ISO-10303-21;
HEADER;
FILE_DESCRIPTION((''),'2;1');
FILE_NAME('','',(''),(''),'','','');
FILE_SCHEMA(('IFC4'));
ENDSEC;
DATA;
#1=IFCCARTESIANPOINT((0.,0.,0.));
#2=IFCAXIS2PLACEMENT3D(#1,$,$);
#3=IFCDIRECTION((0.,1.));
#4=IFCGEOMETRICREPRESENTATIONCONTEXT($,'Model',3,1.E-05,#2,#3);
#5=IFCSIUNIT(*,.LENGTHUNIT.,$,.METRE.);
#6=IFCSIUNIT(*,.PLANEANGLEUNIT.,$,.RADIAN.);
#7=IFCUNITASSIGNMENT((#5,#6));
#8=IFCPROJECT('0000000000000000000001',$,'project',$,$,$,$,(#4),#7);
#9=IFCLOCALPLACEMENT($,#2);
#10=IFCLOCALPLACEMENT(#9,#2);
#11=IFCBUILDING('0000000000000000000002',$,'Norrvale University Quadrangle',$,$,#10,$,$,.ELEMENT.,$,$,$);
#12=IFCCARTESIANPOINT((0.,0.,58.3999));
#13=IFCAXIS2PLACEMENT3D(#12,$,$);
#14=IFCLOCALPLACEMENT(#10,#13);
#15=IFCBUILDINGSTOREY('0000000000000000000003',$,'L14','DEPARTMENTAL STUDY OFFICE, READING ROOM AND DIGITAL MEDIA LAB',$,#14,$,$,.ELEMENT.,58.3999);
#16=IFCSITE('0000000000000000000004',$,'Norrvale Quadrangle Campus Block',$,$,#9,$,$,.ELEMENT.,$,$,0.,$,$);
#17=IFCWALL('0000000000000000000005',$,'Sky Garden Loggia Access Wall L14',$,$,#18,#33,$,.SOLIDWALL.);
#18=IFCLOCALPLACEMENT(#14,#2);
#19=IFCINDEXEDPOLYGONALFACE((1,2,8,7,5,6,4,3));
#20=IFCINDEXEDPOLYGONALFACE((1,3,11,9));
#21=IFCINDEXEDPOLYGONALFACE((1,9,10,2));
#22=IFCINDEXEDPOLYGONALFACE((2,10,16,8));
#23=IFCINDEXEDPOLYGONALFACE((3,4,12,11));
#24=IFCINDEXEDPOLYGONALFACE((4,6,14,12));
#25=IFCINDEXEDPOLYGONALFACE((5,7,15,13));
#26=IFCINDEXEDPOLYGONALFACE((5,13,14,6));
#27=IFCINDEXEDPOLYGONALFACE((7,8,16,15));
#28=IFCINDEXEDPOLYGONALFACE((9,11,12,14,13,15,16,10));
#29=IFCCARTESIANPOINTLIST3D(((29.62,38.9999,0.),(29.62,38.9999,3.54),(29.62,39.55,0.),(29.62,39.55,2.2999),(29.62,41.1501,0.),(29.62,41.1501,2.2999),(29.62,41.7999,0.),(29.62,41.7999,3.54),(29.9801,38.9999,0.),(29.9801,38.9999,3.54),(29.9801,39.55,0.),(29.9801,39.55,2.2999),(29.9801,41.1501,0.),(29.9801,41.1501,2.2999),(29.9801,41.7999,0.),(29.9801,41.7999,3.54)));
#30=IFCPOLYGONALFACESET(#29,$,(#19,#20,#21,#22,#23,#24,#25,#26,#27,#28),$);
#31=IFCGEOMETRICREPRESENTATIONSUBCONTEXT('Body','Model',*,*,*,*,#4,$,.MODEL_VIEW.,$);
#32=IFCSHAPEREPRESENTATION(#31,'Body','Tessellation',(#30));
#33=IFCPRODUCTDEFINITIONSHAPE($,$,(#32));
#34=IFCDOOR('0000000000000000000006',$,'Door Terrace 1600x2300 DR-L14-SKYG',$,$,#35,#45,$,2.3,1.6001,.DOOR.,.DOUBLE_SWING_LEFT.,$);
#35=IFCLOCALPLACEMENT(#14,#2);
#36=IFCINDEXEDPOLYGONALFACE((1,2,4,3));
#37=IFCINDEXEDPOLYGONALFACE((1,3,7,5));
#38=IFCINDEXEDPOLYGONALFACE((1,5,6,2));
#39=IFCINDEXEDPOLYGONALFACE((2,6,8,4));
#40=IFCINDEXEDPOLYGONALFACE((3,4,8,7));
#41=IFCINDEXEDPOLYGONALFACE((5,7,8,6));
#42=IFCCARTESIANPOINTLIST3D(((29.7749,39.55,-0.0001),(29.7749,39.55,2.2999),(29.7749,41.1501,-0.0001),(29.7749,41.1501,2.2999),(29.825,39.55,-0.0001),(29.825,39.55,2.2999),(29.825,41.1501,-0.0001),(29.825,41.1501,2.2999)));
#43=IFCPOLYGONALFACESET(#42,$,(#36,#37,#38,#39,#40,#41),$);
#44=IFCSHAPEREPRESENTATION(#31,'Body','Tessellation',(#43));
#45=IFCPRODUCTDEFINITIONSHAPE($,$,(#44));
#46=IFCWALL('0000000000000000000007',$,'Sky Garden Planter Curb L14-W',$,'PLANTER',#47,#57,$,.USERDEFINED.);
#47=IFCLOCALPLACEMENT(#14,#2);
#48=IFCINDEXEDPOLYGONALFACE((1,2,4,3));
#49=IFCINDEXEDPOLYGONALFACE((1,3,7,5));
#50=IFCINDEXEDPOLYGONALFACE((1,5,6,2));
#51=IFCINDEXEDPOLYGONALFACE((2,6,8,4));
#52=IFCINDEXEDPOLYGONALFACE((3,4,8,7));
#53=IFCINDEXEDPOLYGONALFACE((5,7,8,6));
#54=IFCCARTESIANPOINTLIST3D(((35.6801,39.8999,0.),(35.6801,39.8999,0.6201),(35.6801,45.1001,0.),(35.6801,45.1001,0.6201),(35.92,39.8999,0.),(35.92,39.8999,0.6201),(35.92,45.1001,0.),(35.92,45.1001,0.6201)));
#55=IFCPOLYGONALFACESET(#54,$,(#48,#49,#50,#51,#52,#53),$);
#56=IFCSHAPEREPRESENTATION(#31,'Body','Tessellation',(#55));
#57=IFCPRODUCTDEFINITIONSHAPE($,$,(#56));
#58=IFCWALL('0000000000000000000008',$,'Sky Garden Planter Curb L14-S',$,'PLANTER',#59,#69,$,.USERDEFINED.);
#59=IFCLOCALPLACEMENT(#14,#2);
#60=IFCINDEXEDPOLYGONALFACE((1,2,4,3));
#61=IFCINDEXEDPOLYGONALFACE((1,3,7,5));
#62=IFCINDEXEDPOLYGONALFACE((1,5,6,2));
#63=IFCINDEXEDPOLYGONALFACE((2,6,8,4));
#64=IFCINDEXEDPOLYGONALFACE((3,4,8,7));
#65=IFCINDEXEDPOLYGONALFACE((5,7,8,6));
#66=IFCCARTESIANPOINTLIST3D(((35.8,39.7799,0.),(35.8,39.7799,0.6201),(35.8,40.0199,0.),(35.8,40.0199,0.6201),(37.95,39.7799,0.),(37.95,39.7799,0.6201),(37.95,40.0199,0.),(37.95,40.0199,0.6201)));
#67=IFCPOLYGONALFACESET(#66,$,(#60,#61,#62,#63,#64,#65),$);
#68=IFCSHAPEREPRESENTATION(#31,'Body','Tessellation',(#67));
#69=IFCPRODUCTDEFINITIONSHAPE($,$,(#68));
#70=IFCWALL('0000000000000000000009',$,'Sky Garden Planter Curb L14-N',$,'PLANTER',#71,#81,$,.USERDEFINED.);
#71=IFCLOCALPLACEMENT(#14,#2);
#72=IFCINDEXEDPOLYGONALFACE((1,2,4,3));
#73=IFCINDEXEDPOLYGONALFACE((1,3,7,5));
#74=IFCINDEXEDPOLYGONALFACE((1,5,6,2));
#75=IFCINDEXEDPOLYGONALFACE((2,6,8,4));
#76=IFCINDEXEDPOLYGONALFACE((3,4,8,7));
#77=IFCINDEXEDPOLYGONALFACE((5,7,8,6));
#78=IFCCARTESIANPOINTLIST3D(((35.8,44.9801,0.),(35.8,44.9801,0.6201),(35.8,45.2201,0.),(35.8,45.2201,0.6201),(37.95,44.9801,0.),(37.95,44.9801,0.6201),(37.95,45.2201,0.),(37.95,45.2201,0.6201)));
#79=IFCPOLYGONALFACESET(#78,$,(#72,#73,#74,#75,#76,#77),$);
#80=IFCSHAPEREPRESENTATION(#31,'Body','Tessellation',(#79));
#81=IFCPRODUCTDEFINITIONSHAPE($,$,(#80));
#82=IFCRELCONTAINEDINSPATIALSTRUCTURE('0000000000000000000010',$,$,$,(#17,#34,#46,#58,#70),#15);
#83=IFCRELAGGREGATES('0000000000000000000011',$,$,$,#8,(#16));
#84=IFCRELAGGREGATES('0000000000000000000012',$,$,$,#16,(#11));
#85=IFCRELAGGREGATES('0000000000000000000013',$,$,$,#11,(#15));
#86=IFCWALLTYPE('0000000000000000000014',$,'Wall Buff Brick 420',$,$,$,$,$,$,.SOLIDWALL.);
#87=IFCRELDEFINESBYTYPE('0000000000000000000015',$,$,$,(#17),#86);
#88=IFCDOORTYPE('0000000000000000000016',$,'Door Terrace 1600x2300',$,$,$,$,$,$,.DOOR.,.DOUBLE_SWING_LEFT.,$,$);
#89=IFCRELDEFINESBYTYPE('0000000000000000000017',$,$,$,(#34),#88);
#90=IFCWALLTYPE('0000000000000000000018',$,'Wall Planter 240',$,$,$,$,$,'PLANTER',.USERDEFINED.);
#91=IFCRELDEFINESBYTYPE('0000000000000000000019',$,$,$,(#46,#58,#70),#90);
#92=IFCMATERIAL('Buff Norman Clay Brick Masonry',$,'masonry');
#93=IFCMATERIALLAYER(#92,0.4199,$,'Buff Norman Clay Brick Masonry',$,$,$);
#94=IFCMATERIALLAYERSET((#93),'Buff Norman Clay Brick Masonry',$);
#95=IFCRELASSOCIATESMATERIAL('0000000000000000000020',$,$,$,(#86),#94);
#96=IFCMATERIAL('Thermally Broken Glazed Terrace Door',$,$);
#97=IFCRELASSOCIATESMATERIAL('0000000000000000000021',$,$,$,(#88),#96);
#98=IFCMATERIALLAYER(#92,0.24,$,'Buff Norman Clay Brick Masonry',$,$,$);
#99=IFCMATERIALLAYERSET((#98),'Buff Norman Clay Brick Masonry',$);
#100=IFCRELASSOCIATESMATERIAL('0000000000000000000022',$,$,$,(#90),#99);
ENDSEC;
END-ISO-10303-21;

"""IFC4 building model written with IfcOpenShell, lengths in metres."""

from ifc_helpers import new_model, si_unit, direction, frame, frame_2d, origin, place, context, subcontext, project, spatial, rectangle, extrude, material, layer, layer_set, type_object, element, fill, save


model = new_model("IFC4")

# Units and contexts
model_context = context("Model", 3, precision=1e-05, world=origin(), true_north=direction((0.0, 1.0)))
body_context = subcontext(model_context, "Body", "Model", "MODEL_VIEW")
ifc_project = project(units=[si_unit("LENGTHUNIT", "METRE"), si_unit("PLANEANGLEUNIT", "RADIAN")], contexts=[model_context])

# Site, building, storey
site_placement = place(None, origin())
building_placement = place(site_placement, origin())
storey_placement = place(building_placement, frame((0.0, 0.0, 58.3999)))
site = spatial("IfcSite", under=ifc_project, at=site_placement, Name="Norrvale Quadrangle Campus Block", CompositionType="ELEMENT", RefElevation=0.0)
building = spatial("IfcBuilding", under=site, at=building_placement, Name="Norrvale University Quadrangle", CompositionType="ELEMENT")
storey = spatial("IfcBuildingStorey", under=building, at=storey_placement, Name="L14", Description="DEPARTMENTAL STUDY OFFICE, READING ROOM AND DIGITAL MEDIA LAB", CompositionType="ELEMENT", Elevation=58.3999)

# Wall, opening, door
ifc_material_1 = material(Name="Buff Norman Clay Brick Masonry", Category="masonry")
ifc_layer_1 = layer(ifc_material_1, 0.4199, Name="Buff Norman Clay Brick Masonry")
ifc_layer_set_1 = layer_set([ifc_layer_1], Name="Buff Norman Clay Brick Masonry")
wall_type_1 = type_object("IfcWallType", Name="Wall Buff Brick 420", PredefinedType="SOLIDWALL", material=ifc_layer_set_1)
wall_1_placement = place(storey_placement, frame((29.8, 39.0, 0.0), z_axis=(0.0, 0.0, 1.0), x_axis=(0.0, 1.0, 0.0)))
wall_1 = element("IfcWall", 1, at=wall_1_placement, inside=storey, type_object=wall_type_1, Name="Sky Garden Loggia Access Wall L14", PredefinedType="SOLIDWALL", context=body_context, shape_type="SweptSolid", body=[
    extrude(rectangle(XDim=2.8, YDim=0.3601, at=frame_2d((1.3999, 0.0))), origin(), (0.0, 0.0, 1.0), 3.54),
])
opening_placement = place(wall_1_placement, frame((0.55, 0.0, 0.0)))
opening = element("IfcOpeningElement", 2, at=opening_placement, cuts=wall_1, PredefinedType="OPENING", context=body_context, shape_type="SweptSolid", body=[
    extrude(rectangle(XDim=1.6001, YDim=2.3, at=frame_2d((0.8, 1.1499))), frame((0.0, 0.1921, 0.0), z_axis=(0.0, -1.0, 0.0), x_axis=(1.0, 0.0, 0.0)), (0.0, 0.0, 1.0), 0.384),
])
ifc_material_2 = material(Name="Thermally Broken Glazed Terrace Door")
door_type = type_object("IfcDoorType", Name="Door Terrace 1600x2300", OperationType="DOUBLE_SWING_LEFT", PredefinedType="DOOR", material=ifc_material_2)
door_placement = place(opening_placement, frame((1.6001, 0.0, 0.0), z_axis=(0.0, 0.0, 1.0), x_axis=(-1.0, 0.0, 0.0)))
door = element("IfcDoor", 3, at=door_placement, inside=storey, type_object=door_type, Name="Door Terrace 1600x2300 DR-L14-SKYG", OperationType="DOUBLE_SWING_LEFT", OverallHeight=2.3, OverallWidth=1.6001, PredefinedType="DOOR", context=body_context, shape_type="SweptSolid", body=[
    extrude(rectangle(XDim=1.6001, YDim=2.3, at=frame_2d((0.8, 1.1499))), frame((0.0, 0.0249, 0.0), z_axis=(0.0, -1.0, 0.0), x_axis=(1.0, 0.0, 0.0)), (0.0, 0.0, 1.0), 0.05),
])
fill(opening, door)

# Walls
ifc_layer_2 = layer(ifc_material_1, 0.24, Name="Buff Norman Clay Brick Masonry")
ifc_layer_set_2 = layer_set([ifc_layer_2], Name="Buff Norman Clay Brick Masonry")
wall_type_2 = type_object("IfcWallType", Name="Wall Planter 240", ElementType="PLANTER", PredefinedType="USERDEFINED", material=ifc_layer_set_2)
wall_2_placement = place(storey_placement, frame((35.8, 39.8999, 0.0), z_axis=(0.0, 0.0, 1.0), x_axis=(0.0, 1.0, 0.0)))
element("IfcWall", 4, at=wall_2_placement, inside=storey, type_object=wall_type_2, Name="Sky Garden Planter Curb L14-W", ObjectType="PLANTER", PredefinedType="USERDEFINED", context=body_context, shape_type="SweptSolid", body=[
    extrude(rectangle(XDim=5.2002, YDim=0.24, at=frame_2d((2.6001, 0.0))), origin(), (0.0, 0.0, 1.0), 0.6201),
])
for number, where, z_axis, x_axis, name in (
    (5, (35.8, 39.8999, 0.0), (0.0, 0.0, 1.0), (1.0, 0.0, 0.0), "Sky Garden Planter Curb L14-S"),
    (6, (35.8, 45.1001, 0.0), (0.0, 0.0, 1.0), (1.0, 0.0, 0.0), "Sky Garden Planter Curb L14-N"),
):
    element("IfcWall", number, at=place(storey_placement, frame(where, z_axis=z_axis, x_axis=x_axis)), inside=storey, type_object=wall_type_2, Name=name, ObjectType="PLANTER", PredefinedType="USERDEFINED", context=body_context, shape_type="SweptSolid", body=[
        extrude(rectangle(XDim=2.1499, YDim=0.24, at=frame_2d((1.075, 0.0))), origin(), (0.0, 0.0, 1.0), 0.6201),
    ])

save(model, "model.ifc")
